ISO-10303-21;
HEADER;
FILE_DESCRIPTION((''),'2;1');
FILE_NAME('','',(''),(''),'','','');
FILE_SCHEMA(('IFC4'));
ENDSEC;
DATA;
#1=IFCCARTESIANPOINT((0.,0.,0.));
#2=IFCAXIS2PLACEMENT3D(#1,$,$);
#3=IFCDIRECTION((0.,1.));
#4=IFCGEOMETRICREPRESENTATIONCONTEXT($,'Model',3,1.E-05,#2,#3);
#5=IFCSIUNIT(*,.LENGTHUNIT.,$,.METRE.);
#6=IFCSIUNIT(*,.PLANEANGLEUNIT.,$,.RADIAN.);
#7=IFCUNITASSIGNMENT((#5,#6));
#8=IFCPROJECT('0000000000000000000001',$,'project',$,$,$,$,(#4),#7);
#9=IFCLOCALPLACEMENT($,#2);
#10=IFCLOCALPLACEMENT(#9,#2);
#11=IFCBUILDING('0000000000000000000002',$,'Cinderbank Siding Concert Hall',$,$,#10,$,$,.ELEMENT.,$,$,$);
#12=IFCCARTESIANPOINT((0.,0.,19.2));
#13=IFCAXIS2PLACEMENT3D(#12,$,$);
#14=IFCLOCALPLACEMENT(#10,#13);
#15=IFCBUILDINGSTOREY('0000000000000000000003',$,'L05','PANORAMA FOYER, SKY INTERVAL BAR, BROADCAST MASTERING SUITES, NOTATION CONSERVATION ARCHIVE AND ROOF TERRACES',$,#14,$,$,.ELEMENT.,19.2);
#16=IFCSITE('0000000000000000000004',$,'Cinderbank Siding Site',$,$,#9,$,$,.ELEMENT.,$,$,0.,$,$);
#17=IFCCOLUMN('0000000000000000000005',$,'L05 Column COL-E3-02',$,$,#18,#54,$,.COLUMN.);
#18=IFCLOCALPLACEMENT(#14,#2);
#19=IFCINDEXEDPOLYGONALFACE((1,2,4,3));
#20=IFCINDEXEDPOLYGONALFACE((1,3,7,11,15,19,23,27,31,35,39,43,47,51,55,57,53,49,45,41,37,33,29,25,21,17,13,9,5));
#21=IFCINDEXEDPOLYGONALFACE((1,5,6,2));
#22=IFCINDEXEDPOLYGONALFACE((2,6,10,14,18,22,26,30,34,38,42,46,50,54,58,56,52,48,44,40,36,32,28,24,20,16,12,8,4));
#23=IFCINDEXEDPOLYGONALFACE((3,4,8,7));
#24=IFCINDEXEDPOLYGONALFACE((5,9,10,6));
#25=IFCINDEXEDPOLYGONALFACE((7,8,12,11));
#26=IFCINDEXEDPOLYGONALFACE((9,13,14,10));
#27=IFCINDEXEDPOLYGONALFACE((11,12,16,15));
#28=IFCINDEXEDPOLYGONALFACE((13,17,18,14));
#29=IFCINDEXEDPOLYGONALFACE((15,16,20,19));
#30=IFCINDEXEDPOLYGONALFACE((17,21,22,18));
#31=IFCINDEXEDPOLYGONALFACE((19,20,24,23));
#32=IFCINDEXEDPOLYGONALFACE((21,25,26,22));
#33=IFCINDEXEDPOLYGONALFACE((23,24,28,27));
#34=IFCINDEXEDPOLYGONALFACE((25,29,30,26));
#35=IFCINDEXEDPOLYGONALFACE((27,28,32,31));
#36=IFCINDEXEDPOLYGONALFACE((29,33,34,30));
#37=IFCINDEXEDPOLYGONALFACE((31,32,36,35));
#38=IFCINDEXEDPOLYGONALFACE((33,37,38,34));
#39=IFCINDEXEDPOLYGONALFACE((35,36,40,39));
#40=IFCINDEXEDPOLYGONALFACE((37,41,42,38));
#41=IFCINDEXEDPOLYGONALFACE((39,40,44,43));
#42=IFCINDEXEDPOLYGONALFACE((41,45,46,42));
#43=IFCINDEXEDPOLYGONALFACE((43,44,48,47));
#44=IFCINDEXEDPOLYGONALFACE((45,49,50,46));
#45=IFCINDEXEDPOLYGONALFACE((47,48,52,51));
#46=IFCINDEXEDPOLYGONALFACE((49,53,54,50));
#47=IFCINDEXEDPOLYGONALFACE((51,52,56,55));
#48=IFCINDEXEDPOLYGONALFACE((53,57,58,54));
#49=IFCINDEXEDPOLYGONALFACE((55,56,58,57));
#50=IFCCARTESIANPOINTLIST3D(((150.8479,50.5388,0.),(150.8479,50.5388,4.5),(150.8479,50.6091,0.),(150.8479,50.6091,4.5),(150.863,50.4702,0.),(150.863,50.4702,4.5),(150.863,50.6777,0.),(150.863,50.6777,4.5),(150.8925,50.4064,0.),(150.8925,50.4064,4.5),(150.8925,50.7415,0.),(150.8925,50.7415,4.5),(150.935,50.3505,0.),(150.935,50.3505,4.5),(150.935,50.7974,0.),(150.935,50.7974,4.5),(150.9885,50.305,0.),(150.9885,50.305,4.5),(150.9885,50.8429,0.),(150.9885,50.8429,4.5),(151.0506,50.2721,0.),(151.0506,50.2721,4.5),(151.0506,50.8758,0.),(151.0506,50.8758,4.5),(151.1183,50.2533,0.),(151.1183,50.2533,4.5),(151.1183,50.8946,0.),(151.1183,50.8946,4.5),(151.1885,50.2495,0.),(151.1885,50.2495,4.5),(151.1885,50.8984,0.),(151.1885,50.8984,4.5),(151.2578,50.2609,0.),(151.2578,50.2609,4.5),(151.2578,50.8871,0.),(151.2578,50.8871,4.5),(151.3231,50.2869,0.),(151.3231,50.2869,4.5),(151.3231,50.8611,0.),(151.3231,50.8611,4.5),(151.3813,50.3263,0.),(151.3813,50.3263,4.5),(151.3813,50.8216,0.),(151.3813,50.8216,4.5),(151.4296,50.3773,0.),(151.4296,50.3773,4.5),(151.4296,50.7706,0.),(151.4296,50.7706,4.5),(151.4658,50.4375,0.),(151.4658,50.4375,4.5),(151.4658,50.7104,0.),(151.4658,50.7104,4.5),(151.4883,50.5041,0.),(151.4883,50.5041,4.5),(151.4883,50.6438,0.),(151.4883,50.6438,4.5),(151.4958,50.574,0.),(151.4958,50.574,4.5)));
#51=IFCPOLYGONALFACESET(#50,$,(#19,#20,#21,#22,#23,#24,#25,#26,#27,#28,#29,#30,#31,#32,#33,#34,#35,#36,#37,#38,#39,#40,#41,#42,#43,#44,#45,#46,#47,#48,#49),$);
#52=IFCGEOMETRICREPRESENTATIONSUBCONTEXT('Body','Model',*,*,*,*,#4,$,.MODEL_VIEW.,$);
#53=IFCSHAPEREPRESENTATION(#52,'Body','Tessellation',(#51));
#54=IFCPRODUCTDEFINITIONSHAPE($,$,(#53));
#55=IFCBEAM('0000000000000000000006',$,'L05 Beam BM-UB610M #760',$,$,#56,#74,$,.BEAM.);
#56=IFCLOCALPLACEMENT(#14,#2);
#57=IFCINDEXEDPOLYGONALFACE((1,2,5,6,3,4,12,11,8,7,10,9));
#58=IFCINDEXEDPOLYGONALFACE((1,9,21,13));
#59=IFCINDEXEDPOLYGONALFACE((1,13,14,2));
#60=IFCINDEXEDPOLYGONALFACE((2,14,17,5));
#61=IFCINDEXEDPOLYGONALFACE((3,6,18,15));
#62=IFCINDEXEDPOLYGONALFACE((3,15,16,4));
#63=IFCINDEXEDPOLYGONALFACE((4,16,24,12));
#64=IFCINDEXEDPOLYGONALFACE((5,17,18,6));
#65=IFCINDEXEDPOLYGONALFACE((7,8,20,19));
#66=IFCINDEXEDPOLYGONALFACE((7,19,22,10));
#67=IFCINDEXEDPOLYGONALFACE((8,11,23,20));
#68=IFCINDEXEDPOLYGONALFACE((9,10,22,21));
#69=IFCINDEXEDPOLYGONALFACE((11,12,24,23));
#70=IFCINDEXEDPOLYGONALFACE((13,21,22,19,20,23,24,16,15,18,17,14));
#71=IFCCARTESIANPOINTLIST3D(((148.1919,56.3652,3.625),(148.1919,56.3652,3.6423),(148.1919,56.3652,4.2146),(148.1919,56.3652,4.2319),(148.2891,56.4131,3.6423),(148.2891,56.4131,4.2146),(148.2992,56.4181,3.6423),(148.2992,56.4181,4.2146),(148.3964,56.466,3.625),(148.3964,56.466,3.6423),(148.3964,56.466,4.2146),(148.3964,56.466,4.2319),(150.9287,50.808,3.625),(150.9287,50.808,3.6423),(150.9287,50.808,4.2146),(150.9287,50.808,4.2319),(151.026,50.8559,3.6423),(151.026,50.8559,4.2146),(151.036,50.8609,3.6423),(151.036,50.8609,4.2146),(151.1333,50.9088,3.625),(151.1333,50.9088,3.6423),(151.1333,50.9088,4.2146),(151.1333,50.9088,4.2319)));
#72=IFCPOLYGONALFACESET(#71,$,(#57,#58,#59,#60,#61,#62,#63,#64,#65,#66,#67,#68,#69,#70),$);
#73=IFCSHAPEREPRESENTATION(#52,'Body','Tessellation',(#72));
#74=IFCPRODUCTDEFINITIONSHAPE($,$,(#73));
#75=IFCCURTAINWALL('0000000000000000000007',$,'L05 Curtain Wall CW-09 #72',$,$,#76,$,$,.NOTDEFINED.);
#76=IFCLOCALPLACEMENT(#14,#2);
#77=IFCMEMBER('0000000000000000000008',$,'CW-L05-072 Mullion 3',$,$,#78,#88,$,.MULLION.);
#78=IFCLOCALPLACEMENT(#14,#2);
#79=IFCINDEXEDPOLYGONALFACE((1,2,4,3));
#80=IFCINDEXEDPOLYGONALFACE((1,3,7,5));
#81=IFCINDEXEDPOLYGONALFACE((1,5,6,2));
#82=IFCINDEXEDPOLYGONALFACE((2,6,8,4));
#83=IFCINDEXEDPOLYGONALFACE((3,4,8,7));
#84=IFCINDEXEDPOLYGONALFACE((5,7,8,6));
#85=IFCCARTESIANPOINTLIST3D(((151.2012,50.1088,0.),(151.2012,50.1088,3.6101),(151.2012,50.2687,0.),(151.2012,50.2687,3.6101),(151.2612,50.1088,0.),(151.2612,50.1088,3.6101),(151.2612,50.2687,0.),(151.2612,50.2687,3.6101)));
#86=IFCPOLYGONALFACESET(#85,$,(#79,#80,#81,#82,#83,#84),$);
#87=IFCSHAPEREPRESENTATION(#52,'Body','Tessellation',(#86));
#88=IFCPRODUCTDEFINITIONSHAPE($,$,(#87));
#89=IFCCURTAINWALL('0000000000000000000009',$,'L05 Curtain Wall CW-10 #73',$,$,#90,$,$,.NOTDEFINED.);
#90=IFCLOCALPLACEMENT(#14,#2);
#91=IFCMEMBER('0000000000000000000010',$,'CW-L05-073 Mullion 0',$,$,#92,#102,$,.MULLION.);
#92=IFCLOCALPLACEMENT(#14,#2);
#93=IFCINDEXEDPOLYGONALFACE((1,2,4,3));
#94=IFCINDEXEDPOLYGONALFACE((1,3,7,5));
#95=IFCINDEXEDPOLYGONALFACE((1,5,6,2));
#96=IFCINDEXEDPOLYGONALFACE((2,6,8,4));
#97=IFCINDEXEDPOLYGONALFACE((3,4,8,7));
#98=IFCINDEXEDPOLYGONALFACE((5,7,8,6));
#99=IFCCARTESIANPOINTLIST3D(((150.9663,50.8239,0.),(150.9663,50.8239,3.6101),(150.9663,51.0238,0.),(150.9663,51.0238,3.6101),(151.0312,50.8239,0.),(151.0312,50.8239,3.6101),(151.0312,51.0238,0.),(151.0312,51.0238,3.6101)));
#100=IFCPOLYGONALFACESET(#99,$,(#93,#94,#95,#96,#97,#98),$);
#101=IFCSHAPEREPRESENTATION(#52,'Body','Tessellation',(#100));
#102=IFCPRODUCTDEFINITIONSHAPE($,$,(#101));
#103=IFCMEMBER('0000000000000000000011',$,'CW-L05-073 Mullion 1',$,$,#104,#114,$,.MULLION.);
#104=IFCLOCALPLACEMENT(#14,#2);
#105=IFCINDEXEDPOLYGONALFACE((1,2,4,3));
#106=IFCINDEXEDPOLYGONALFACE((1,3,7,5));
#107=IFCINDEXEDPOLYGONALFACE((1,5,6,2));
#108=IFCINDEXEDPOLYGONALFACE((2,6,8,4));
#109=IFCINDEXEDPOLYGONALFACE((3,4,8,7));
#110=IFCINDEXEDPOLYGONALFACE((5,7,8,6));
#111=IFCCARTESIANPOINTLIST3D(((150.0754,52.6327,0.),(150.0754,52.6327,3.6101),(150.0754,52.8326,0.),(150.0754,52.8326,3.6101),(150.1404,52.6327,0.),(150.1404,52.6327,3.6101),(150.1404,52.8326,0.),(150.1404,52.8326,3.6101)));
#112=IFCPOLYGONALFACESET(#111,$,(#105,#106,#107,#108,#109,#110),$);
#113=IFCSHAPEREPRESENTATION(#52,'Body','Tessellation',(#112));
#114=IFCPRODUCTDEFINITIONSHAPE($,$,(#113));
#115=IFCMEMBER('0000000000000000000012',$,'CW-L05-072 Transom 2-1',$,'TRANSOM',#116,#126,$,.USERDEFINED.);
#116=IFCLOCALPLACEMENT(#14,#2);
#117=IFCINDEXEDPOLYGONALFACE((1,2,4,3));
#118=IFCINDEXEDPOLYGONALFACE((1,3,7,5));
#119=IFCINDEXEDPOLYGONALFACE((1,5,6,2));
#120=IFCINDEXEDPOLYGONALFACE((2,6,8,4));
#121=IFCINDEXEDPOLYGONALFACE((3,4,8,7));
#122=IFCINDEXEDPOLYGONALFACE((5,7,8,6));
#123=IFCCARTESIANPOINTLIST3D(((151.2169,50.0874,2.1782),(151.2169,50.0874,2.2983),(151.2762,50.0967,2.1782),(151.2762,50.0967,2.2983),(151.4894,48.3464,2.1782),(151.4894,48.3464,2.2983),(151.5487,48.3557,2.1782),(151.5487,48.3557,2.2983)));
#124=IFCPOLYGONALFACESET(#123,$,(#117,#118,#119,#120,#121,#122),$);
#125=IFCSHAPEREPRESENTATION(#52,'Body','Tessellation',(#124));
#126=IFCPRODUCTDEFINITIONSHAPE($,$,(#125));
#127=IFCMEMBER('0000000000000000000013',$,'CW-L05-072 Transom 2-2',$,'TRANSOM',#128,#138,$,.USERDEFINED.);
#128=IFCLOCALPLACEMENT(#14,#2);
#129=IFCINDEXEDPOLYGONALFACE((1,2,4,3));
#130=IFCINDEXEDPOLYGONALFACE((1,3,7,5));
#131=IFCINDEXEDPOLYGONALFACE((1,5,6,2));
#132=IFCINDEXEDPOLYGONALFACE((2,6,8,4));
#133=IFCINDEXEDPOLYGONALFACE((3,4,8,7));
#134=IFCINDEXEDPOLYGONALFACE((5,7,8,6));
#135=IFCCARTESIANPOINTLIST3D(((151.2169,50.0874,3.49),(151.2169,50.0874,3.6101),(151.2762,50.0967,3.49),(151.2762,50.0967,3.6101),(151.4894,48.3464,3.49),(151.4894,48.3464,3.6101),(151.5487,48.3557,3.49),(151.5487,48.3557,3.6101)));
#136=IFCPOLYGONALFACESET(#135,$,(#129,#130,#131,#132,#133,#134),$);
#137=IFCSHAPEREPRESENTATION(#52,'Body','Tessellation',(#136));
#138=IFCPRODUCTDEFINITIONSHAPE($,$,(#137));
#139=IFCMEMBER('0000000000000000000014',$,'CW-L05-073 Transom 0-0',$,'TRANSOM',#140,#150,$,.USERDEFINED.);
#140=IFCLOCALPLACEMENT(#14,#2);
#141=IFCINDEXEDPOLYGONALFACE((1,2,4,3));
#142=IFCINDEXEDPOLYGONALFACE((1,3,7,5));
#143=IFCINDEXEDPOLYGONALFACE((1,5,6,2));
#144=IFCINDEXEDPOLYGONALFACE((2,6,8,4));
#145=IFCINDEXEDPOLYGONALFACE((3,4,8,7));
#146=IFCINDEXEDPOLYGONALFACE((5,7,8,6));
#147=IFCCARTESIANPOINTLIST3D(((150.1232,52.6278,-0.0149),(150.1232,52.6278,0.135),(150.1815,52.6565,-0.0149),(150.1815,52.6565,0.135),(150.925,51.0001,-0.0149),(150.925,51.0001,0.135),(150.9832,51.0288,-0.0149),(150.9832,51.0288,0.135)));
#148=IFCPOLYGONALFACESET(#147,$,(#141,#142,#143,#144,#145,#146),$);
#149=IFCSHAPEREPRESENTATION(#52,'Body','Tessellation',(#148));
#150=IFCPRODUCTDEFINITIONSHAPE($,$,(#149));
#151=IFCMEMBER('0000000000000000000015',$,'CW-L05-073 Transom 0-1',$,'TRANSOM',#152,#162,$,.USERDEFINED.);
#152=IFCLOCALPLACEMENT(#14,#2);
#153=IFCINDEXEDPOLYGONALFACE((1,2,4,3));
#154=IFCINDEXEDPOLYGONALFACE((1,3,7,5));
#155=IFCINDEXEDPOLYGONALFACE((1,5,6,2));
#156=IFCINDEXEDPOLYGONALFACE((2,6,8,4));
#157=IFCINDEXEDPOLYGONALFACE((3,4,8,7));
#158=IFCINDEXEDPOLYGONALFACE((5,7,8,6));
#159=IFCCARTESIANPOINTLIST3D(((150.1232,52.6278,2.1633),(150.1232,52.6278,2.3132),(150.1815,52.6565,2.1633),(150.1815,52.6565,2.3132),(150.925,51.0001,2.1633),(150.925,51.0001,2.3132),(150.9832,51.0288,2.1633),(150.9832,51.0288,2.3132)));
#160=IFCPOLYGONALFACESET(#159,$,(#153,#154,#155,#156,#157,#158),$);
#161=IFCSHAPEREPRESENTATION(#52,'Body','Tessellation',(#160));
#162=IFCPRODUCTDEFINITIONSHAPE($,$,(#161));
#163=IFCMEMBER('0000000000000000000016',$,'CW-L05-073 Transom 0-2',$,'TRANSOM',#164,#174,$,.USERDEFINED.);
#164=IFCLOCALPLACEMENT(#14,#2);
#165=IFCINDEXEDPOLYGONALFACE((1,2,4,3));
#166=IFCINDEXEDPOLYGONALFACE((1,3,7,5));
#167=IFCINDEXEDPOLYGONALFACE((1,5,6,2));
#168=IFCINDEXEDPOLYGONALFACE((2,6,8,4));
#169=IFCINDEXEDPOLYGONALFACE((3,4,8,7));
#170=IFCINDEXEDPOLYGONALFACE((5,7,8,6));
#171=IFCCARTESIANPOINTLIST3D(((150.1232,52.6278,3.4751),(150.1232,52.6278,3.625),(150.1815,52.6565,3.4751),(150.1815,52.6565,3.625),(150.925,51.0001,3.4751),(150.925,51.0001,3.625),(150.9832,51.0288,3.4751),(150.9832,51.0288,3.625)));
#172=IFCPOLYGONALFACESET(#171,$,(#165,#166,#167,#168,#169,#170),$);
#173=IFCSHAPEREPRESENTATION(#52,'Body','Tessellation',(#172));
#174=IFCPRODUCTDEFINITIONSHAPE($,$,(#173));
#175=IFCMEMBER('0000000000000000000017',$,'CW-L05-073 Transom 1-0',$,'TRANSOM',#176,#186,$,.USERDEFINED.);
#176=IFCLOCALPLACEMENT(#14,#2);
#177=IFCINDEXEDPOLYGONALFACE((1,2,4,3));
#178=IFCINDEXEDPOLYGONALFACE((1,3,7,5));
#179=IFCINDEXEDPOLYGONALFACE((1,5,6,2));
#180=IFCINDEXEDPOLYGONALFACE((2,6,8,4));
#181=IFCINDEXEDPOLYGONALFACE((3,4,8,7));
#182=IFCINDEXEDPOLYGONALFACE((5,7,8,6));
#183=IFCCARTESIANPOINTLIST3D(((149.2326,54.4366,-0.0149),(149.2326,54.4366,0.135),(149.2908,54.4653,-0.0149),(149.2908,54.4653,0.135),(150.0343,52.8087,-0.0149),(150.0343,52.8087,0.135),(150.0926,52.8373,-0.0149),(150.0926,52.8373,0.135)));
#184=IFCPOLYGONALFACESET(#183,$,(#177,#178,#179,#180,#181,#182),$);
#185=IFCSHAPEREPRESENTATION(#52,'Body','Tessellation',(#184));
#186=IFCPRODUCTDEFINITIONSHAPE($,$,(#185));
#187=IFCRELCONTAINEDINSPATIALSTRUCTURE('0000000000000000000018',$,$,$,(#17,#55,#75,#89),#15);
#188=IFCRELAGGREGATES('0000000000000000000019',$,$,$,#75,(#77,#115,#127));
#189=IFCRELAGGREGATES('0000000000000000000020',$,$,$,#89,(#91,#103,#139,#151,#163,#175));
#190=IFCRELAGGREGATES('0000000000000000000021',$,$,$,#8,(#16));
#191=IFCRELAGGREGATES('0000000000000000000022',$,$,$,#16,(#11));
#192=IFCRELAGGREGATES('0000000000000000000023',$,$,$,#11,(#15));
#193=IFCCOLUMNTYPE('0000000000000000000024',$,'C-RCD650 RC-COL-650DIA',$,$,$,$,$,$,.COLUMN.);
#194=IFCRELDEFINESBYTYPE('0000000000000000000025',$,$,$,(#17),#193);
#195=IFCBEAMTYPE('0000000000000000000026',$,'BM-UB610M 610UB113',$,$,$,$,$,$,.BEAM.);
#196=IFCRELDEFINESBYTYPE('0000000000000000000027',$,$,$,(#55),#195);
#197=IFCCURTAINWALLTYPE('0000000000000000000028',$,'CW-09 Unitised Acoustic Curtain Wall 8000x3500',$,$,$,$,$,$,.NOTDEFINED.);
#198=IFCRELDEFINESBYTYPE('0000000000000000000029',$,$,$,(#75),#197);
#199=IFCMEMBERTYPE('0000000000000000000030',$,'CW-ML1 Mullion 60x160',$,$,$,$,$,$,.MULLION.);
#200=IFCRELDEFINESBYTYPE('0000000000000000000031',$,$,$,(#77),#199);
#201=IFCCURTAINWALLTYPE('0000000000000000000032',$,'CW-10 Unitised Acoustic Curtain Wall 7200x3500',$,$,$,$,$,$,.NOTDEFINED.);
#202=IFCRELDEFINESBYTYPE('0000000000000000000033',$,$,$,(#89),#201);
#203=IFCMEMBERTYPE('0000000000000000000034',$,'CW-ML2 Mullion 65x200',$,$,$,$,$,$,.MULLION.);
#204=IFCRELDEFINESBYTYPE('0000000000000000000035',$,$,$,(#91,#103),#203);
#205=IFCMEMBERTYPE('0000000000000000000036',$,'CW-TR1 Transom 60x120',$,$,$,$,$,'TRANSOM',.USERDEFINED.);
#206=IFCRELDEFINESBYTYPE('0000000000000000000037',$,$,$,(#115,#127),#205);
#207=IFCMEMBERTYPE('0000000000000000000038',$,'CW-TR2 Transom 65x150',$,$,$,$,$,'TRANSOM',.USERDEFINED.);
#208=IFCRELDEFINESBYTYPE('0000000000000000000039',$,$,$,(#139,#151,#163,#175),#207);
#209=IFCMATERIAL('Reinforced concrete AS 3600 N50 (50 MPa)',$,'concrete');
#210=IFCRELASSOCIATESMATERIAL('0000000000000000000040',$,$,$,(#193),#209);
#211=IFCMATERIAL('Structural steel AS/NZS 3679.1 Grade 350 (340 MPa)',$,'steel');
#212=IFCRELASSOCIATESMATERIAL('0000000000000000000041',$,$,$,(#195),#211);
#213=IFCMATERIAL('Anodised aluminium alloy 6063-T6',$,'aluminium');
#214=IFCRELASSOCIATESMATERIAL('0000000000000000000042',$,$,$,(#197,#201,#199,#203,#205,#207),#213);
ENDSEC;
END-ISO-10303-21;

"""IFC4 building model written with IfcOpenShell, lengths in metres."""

from ifc_helpers import new_model, si_unit, direction, frame, origin, origin_2d, place, context, subcontext, project, spatial, rectangle, circle, i_section, extrude, material, material_profile, profile_set, type_object, element, aggregate, save


model = new_model("IFC4")

# Units and contexts
model_context = context("Model", 3, precision=1e-05, world=origin(), true_north=direction((0.0, 1.0)))
body_context = subcontext(model_context, "Body", "Model", "MODEL_VIEW")
ifc_project = project(units=[si_unit("LENGTHUNIT", "METRE"), si_unit("PLANEANGLEUNIT", "RADIAN")], contexts=[model_context])

# Site, building, storey
site_placement = place(None, origin())
site = spatial("IfcSite", under=ifc_project, at=site_placement, Name="Cinderbank Siding Site", CompositionType="ELEMENT", RefElevation=0.0)
building_placement = place(site_placement, origin())
building = spatial("IfcBuilding", under=site, at=building_placement, Name="Cinderbank Siding Concert Hall", CompositionType="ELEMENT")
storey_placement = place(building_placement, frame((0.0, 0.0, 19.2)))
storey = spatial("IfcBuildingStorey", under=building, at=storey_placement, Name="L05", Description="PANORAMA FOYER, SKY INTERVAL BAR, BROADCAST MASTERING SUITES, NOTATION CONSERVATION ARCHIVE AND ROOF TERRACES", CompositionType="ELEMENT", Elevation=19.2)

# Column
ifc_material_1 = material(Name="Reinforced concrete AS 3600 N50 (50 MPa)", Category="concrete")
ifc_material_profile_1 = material_profile(ifc_material_1, circle(Radius=0.325, at=origin_2d()), Name="RC-COL-650DIA", Category="LoadBearing")
ifc_profile_set_1 = profile_set([ifc_material_profile_1], Name="Reinforced concrete AS 3600 N50 (50 MPa)")
column_type = type_object("IfcColumnType", Name="C-RCD650 RC-COL-650DIA", PredefinedType="COLUMN", material=ifc_profile_set_1)
column_placement = place(storey_placement, frame((151.1709, 50.574, 0.0), z_axis=(0.0, 0.0, 1.0), x_axis=(1.0, 0.0, 0.0)))
element("IfcColumn", 1, at=column_placement, inside=storey, type_object=column_type, Name="L05 Column COL-E3-02", PredefinedType="COLUMN", context=body_context, shape_type="SweptSolid", body=[
    extrude(circle(Radius=0.325, at=origin_2d()), origin(), (0.0, 0.0, 1.0), 4.5),
])

# Beam
ifc_material_2 = material(Name="Structural steel AS/NZS 3679.1 Grade 350 (340 MPa)", Category="steel")
ifc_material_profile_2 = material_profile(ifc_material_2, i_section(OverallWidth=0.228, OverallDepth=0.6069, WebThickness=0.0112, FlangeThickness=0.0173, at=origin_2d()), Name="610UB113", Category="LoadBearing")
ifc_profile_set_2 = profile_set([ifc_material_profile_2], Name="Structural steel AS/NZS 3679.1 Grade 350 (340 MPa)")
beam_type = type_object("IfcBeamType", Name="BM-UB610M 610UB113", PredefinedType="BEAM", material=ifc_profile_set_2)
beam_placement = place(storey_placement, frame((151.031, 50.8584, 3.9285), z_axis=(-0.441814, 0.897107, 0.0), x_axis=(-0.897107, -0.441814, 0.0)))
element("IfcBeam", 2, at=beam_placement, inside=storey, type_object=beam_type, Name="L05 Beam BM-UB610M #760", PredefinedType="BEAM", context=body_context, shape_type="SweptSolid", body=[
    extrude(i_section(OverallWidth=0.228, OverallDepth=0.6069, WebThickness=0.0112, FlangeThickness=0.0173, at=origin_2d()), origin(), (0.0, 0.0, 1.0), 6.1946),
])

# Curtain wall, member
ifc_material_3 = material(Name="Anodised aluminium alloy 6063-T6", Category="aluminium")
curtain_wall_type_1 = type_object("IfcCurtainWallType", Name="CW-09 Unitised Acoustic Curtain Wall 8000x3500", PredefinedType="NOTDEFINED", material=ifc_material_3)
curtain_wall_1_placement = place(storey_placement, origin())
curtain_wall_1 = element("IfcCurtainWall", 3, at=curtain_wall_1_placement, inside=storey, type_object=curtain_wall_type_1, Name="L05 Curtain Wall CW-09 #72", PredefinedType="NOTDEFINED")
ifc_material_profile_3 = material_profile(ifc_material_3, rectangle(XDim=0.0601, YDim=0.1599, at=origin_2d()), Name="ALU-MULL-60x160", Category="LoadBearing")
ifc_profile_set_3 = profile_set([ifc_material_profile_3], Name="Anodised aluminium alloy 6063-T6")
member_type_1 = type_object("IfcMemberType", Name="CW-ML1 Mullion 60x160", PredefinedType="MULLION", material=ifc_profile_set_3)
member_1_placement = place(storey_placement, frame((151.2312, 50.1887, 0.0), z_axis=(0.0, 0.0, 1.0), x_axis=(1.0, 0.0, 0.0)))
member_1 = element("IfcMember", 4, at=member_1_placement, type_object=member_type_1, Name="CW-L05-072 Mullion 3", PredefinedType="MULLION", context=body_context, shape_type="SweptSolid", body=[
    extrude(rectangle(XDim=0.0601, YDim=0.1599, at=origin_2d()), origin(), (0.0, 0.0, 1.0), 3.6101),
])

# Curtain wall, members
curtain_wall_type_2 = type_object("IfcCurtainWallType", Name="CW-10 Unitised Acoustic Curtain Wall 7200x3500", PredefinedType="NOTDEFINED", material=ifc_material_3)
curtain_wall_2_placement = place(storey_placement, origin())
curtain_wall_2 = element("IfcCurtainWall", 5, at=curtain_wall_2_placement, inside=storey, type_object=curtain_wall_type_2, Name="L05 Curtain Wall CW-10 #73", PredefinedType="NOTDEFINED")
ifc_material_profile_4 = material_profile(ifc_material_3, rectangle(XDim=0.0649, YDim=0.2, at=origin_2d()), Name="ALU-MULL-65x200", Category="LoadBearing")
ifc_profile_set_4 = profile_set([ifc_material_profile_4], Name="Anodised aluminium alloy 6063-T6")
member_type_2 = type_object("IfcMemberType", Name="CW-ML2 Mullion 65x200", PredefinedType="MULLION", material=ifc_profile_set_4)
member_2_placement = place(storey_placement, frame((150.9988, 50.9238, 0.0), z_axis=(0.0, 0.0, 1.0), x_axis=(1.0, 0.0, 0.0)))
member_2 = element("IfcMember", 6, at=member_2_placement, type_object=member_type_2, Name="CW-L05-073 Mullion 0", PredefinedType="MULLION", context=body_context, shape_type="SweptSolid", body=[
    extrude(rectangle(XDim=0.0649, YDim=0.2, at=origin_2d()), origin(), (0.0, 0.0, 1.0), 3.6101),
])
member_3_placement = place(storey_placement, frame((150.1079, 52.7327, 0.0), z_axis=(0.0, 0.0, 1.0), x_axis=(1.0, 0.0, 0.0)))
member_3 = element("IfcMember", 7, at=member_3_placement, type_object=member_type_2, Name="CW-L05-073 Mullion 1", PredefinedType="MULLION", context=body_context, shape_type="SweptSolid", body=[
    extrude(rectangle(XDim=0.0649, YDim=0.2, at=origin_2d()), origin(), (0.0, 0.0, 1.0), 3.6101),
])

# Members
ifc_material_profile_5 = material_profile(ifc_material_3, rectangle(XDim=0.0601, YDim=0.1201, at=origin_2d()), Name="ALU-TRAN-60x120", Category="LoadBearing")
ifc_profile_set_5 = profile_set([ifc_material_profile_5], Name="Anodised aluminium alloy 6063-T6")
member_type_3 = type_object("IfcMemberType", Name="CW-TR1 Transom 60x120", ElementType="TRANSOM", PredefinedType="USERDEFINED", material=ifc_profile_set_5)
member_4_placement = place(storey_placement, frame((151.519, 48.3511, 2.2383), z_axis=(-0.154618, 0.987974, 0.0), x_axis=(-0.987974, -0.154618, 0.0)))
member_4 = element("IfcMember", 8, at=member_4_placement, type_object=member_type_3, Name="CW-L05-072 Transom 2-1", ObjectType="TRANSOM", PredefinedType="USERDEFINED", context=body_context, shape_type="SweptSolid", body=[
    extrude(rectangle(XDim=0.0601, YDim=0.1201, at=origin_2d()), origin(), (0.0, 0.0, 1.0), 1.7622),
])
member_5_placement = place(storey_placement, frame((151.519, 48.3511, 3.55), z_axis=(-0.154618, 0.987974, 0.0), x_axis=(-0.987974, -0.154618, 0.0)))
member_5 = element("IfcMember", 9, at=member_5_placement, type_object=member_type_3, Name="CW-L05-072 Transom 2-2", ObjectType="TRANSOM", PredefinedType="USERDEFINED", context=body_context, shape_type="SweptSolid", body=[
    extrude(rectangle(XDim=0.0601, YDim=0.1201, at=origin_2d()), origin(), (0.0, 0.0, 1.0), 1.7622),
])
ifc_material_profile_6 = material_profile(ifc_material_3, rectangle(XDim=0.0649, YDim=0.1499, at=origin_2d()), Name="ALU-TRAN-65x150", Category="LoadBearing")
ifc_profile_set_6 = profile_set([ifc_material_profile_6], Name="Anodised aluminium alloy 6063-T6")
member_type_4 = type_object("IfcMemberType", Name="CW-TR2 Transom 65x150", ElementType="TRANSOM", PredefinedType="USERDEFINED", material=ifc_profile_set_6)
member_6_placement = place(storey_placement, frame((150.9541, 51.0144, 0.0601), z_axis=(-0.441877, 0.897076, 0.0), x_axis=(-0.897076, -0.441877, 0.0)))
member_6 = element("IfcMember", 10, at=member_6_placement, type_object=member_type_4, Name="CW-L05-073 Transom 0-0", ObjectType="TRANSOM", PredefinedType="USERDEFINED", context=body_context, shape_type="SweptSolid", body=[
    extrude(rectangle(XDim=0.0649, YDim=0.1499, at=origin_2d()), origin(), (0.0, 0.0, 1.0), 1.8145),
])
member_7_placement = place(storey_placement, frame((150.9541, 51.0144, 2.2383), z_axis=(-0.441877, 0.897076, 0.0), x_axis=(-0.897076, -0.441877, 0.0)))
member_7 = element("IfcMember", 11, at=member_7_placement, type_object=member_type_4, Name="CW-L05-073 Transom 0-1", ObjectType="TRANSOM", PredefinedType="USERDEFINED", context=body_context, shape_type="SweptSolid", body=[
    extrude(rectangle(XDim=0.0649, YDim=0.1499, at=origin_2d()), origin(), (0.0, 0.0, 1.0), 1.8145),
])
member_8_placement = place(storey_placement, frame((150.9541, 51.0144, 3.55), z_axis=(-0.441877, 0.897076, 0.0), x_axis=(-0.897076, -0.441877, 0.0)))
member_8 = element("IfcMember", 12, at=member_8_placement, type_object=member_type_4, Name="CW-L05-073 Transom 0-2", ObjectType="TRANSOM", PredefinedType="USERDEFINED", context=body_context, shape_type="SweptSolid", body=[
    extrude(rectangle(XDim=0.0649, YDim=0.1499, at=origin_2d()), origin(), (0.0, 0.0, 1.0), 1.8145),
])
member_9_placement = place(storey_placement, frame((150.0635, 52.823, 0.0601), z_axis=(-0.441824, 0.897102, 0.0), x_axis=(-0.897102, -0.441824, 0.0)))
member_9 = element("IfcMember", 13, at=member_9_placement, type_object=member_type_4, Name="CW-L05-073 Transom 1-0", ObjectType="TRANSOM", PredefinedType="USERDEFINED", context=body_context, shape_type="SweptSolid", body=[
    extrude(rectangle(XDim=0.0649, YDim=0.1499, at=origin_2d()), origin(), (0.0, 0.0, 1.0), 1.8147),
])

aggregate(curtain_wall_1, [member_1, member_4, member_5])
aggregate(curtain_wall_2, [member_2, member_3, member_6, member_7, member_8, member_9])

save(model, "model.ifc")
